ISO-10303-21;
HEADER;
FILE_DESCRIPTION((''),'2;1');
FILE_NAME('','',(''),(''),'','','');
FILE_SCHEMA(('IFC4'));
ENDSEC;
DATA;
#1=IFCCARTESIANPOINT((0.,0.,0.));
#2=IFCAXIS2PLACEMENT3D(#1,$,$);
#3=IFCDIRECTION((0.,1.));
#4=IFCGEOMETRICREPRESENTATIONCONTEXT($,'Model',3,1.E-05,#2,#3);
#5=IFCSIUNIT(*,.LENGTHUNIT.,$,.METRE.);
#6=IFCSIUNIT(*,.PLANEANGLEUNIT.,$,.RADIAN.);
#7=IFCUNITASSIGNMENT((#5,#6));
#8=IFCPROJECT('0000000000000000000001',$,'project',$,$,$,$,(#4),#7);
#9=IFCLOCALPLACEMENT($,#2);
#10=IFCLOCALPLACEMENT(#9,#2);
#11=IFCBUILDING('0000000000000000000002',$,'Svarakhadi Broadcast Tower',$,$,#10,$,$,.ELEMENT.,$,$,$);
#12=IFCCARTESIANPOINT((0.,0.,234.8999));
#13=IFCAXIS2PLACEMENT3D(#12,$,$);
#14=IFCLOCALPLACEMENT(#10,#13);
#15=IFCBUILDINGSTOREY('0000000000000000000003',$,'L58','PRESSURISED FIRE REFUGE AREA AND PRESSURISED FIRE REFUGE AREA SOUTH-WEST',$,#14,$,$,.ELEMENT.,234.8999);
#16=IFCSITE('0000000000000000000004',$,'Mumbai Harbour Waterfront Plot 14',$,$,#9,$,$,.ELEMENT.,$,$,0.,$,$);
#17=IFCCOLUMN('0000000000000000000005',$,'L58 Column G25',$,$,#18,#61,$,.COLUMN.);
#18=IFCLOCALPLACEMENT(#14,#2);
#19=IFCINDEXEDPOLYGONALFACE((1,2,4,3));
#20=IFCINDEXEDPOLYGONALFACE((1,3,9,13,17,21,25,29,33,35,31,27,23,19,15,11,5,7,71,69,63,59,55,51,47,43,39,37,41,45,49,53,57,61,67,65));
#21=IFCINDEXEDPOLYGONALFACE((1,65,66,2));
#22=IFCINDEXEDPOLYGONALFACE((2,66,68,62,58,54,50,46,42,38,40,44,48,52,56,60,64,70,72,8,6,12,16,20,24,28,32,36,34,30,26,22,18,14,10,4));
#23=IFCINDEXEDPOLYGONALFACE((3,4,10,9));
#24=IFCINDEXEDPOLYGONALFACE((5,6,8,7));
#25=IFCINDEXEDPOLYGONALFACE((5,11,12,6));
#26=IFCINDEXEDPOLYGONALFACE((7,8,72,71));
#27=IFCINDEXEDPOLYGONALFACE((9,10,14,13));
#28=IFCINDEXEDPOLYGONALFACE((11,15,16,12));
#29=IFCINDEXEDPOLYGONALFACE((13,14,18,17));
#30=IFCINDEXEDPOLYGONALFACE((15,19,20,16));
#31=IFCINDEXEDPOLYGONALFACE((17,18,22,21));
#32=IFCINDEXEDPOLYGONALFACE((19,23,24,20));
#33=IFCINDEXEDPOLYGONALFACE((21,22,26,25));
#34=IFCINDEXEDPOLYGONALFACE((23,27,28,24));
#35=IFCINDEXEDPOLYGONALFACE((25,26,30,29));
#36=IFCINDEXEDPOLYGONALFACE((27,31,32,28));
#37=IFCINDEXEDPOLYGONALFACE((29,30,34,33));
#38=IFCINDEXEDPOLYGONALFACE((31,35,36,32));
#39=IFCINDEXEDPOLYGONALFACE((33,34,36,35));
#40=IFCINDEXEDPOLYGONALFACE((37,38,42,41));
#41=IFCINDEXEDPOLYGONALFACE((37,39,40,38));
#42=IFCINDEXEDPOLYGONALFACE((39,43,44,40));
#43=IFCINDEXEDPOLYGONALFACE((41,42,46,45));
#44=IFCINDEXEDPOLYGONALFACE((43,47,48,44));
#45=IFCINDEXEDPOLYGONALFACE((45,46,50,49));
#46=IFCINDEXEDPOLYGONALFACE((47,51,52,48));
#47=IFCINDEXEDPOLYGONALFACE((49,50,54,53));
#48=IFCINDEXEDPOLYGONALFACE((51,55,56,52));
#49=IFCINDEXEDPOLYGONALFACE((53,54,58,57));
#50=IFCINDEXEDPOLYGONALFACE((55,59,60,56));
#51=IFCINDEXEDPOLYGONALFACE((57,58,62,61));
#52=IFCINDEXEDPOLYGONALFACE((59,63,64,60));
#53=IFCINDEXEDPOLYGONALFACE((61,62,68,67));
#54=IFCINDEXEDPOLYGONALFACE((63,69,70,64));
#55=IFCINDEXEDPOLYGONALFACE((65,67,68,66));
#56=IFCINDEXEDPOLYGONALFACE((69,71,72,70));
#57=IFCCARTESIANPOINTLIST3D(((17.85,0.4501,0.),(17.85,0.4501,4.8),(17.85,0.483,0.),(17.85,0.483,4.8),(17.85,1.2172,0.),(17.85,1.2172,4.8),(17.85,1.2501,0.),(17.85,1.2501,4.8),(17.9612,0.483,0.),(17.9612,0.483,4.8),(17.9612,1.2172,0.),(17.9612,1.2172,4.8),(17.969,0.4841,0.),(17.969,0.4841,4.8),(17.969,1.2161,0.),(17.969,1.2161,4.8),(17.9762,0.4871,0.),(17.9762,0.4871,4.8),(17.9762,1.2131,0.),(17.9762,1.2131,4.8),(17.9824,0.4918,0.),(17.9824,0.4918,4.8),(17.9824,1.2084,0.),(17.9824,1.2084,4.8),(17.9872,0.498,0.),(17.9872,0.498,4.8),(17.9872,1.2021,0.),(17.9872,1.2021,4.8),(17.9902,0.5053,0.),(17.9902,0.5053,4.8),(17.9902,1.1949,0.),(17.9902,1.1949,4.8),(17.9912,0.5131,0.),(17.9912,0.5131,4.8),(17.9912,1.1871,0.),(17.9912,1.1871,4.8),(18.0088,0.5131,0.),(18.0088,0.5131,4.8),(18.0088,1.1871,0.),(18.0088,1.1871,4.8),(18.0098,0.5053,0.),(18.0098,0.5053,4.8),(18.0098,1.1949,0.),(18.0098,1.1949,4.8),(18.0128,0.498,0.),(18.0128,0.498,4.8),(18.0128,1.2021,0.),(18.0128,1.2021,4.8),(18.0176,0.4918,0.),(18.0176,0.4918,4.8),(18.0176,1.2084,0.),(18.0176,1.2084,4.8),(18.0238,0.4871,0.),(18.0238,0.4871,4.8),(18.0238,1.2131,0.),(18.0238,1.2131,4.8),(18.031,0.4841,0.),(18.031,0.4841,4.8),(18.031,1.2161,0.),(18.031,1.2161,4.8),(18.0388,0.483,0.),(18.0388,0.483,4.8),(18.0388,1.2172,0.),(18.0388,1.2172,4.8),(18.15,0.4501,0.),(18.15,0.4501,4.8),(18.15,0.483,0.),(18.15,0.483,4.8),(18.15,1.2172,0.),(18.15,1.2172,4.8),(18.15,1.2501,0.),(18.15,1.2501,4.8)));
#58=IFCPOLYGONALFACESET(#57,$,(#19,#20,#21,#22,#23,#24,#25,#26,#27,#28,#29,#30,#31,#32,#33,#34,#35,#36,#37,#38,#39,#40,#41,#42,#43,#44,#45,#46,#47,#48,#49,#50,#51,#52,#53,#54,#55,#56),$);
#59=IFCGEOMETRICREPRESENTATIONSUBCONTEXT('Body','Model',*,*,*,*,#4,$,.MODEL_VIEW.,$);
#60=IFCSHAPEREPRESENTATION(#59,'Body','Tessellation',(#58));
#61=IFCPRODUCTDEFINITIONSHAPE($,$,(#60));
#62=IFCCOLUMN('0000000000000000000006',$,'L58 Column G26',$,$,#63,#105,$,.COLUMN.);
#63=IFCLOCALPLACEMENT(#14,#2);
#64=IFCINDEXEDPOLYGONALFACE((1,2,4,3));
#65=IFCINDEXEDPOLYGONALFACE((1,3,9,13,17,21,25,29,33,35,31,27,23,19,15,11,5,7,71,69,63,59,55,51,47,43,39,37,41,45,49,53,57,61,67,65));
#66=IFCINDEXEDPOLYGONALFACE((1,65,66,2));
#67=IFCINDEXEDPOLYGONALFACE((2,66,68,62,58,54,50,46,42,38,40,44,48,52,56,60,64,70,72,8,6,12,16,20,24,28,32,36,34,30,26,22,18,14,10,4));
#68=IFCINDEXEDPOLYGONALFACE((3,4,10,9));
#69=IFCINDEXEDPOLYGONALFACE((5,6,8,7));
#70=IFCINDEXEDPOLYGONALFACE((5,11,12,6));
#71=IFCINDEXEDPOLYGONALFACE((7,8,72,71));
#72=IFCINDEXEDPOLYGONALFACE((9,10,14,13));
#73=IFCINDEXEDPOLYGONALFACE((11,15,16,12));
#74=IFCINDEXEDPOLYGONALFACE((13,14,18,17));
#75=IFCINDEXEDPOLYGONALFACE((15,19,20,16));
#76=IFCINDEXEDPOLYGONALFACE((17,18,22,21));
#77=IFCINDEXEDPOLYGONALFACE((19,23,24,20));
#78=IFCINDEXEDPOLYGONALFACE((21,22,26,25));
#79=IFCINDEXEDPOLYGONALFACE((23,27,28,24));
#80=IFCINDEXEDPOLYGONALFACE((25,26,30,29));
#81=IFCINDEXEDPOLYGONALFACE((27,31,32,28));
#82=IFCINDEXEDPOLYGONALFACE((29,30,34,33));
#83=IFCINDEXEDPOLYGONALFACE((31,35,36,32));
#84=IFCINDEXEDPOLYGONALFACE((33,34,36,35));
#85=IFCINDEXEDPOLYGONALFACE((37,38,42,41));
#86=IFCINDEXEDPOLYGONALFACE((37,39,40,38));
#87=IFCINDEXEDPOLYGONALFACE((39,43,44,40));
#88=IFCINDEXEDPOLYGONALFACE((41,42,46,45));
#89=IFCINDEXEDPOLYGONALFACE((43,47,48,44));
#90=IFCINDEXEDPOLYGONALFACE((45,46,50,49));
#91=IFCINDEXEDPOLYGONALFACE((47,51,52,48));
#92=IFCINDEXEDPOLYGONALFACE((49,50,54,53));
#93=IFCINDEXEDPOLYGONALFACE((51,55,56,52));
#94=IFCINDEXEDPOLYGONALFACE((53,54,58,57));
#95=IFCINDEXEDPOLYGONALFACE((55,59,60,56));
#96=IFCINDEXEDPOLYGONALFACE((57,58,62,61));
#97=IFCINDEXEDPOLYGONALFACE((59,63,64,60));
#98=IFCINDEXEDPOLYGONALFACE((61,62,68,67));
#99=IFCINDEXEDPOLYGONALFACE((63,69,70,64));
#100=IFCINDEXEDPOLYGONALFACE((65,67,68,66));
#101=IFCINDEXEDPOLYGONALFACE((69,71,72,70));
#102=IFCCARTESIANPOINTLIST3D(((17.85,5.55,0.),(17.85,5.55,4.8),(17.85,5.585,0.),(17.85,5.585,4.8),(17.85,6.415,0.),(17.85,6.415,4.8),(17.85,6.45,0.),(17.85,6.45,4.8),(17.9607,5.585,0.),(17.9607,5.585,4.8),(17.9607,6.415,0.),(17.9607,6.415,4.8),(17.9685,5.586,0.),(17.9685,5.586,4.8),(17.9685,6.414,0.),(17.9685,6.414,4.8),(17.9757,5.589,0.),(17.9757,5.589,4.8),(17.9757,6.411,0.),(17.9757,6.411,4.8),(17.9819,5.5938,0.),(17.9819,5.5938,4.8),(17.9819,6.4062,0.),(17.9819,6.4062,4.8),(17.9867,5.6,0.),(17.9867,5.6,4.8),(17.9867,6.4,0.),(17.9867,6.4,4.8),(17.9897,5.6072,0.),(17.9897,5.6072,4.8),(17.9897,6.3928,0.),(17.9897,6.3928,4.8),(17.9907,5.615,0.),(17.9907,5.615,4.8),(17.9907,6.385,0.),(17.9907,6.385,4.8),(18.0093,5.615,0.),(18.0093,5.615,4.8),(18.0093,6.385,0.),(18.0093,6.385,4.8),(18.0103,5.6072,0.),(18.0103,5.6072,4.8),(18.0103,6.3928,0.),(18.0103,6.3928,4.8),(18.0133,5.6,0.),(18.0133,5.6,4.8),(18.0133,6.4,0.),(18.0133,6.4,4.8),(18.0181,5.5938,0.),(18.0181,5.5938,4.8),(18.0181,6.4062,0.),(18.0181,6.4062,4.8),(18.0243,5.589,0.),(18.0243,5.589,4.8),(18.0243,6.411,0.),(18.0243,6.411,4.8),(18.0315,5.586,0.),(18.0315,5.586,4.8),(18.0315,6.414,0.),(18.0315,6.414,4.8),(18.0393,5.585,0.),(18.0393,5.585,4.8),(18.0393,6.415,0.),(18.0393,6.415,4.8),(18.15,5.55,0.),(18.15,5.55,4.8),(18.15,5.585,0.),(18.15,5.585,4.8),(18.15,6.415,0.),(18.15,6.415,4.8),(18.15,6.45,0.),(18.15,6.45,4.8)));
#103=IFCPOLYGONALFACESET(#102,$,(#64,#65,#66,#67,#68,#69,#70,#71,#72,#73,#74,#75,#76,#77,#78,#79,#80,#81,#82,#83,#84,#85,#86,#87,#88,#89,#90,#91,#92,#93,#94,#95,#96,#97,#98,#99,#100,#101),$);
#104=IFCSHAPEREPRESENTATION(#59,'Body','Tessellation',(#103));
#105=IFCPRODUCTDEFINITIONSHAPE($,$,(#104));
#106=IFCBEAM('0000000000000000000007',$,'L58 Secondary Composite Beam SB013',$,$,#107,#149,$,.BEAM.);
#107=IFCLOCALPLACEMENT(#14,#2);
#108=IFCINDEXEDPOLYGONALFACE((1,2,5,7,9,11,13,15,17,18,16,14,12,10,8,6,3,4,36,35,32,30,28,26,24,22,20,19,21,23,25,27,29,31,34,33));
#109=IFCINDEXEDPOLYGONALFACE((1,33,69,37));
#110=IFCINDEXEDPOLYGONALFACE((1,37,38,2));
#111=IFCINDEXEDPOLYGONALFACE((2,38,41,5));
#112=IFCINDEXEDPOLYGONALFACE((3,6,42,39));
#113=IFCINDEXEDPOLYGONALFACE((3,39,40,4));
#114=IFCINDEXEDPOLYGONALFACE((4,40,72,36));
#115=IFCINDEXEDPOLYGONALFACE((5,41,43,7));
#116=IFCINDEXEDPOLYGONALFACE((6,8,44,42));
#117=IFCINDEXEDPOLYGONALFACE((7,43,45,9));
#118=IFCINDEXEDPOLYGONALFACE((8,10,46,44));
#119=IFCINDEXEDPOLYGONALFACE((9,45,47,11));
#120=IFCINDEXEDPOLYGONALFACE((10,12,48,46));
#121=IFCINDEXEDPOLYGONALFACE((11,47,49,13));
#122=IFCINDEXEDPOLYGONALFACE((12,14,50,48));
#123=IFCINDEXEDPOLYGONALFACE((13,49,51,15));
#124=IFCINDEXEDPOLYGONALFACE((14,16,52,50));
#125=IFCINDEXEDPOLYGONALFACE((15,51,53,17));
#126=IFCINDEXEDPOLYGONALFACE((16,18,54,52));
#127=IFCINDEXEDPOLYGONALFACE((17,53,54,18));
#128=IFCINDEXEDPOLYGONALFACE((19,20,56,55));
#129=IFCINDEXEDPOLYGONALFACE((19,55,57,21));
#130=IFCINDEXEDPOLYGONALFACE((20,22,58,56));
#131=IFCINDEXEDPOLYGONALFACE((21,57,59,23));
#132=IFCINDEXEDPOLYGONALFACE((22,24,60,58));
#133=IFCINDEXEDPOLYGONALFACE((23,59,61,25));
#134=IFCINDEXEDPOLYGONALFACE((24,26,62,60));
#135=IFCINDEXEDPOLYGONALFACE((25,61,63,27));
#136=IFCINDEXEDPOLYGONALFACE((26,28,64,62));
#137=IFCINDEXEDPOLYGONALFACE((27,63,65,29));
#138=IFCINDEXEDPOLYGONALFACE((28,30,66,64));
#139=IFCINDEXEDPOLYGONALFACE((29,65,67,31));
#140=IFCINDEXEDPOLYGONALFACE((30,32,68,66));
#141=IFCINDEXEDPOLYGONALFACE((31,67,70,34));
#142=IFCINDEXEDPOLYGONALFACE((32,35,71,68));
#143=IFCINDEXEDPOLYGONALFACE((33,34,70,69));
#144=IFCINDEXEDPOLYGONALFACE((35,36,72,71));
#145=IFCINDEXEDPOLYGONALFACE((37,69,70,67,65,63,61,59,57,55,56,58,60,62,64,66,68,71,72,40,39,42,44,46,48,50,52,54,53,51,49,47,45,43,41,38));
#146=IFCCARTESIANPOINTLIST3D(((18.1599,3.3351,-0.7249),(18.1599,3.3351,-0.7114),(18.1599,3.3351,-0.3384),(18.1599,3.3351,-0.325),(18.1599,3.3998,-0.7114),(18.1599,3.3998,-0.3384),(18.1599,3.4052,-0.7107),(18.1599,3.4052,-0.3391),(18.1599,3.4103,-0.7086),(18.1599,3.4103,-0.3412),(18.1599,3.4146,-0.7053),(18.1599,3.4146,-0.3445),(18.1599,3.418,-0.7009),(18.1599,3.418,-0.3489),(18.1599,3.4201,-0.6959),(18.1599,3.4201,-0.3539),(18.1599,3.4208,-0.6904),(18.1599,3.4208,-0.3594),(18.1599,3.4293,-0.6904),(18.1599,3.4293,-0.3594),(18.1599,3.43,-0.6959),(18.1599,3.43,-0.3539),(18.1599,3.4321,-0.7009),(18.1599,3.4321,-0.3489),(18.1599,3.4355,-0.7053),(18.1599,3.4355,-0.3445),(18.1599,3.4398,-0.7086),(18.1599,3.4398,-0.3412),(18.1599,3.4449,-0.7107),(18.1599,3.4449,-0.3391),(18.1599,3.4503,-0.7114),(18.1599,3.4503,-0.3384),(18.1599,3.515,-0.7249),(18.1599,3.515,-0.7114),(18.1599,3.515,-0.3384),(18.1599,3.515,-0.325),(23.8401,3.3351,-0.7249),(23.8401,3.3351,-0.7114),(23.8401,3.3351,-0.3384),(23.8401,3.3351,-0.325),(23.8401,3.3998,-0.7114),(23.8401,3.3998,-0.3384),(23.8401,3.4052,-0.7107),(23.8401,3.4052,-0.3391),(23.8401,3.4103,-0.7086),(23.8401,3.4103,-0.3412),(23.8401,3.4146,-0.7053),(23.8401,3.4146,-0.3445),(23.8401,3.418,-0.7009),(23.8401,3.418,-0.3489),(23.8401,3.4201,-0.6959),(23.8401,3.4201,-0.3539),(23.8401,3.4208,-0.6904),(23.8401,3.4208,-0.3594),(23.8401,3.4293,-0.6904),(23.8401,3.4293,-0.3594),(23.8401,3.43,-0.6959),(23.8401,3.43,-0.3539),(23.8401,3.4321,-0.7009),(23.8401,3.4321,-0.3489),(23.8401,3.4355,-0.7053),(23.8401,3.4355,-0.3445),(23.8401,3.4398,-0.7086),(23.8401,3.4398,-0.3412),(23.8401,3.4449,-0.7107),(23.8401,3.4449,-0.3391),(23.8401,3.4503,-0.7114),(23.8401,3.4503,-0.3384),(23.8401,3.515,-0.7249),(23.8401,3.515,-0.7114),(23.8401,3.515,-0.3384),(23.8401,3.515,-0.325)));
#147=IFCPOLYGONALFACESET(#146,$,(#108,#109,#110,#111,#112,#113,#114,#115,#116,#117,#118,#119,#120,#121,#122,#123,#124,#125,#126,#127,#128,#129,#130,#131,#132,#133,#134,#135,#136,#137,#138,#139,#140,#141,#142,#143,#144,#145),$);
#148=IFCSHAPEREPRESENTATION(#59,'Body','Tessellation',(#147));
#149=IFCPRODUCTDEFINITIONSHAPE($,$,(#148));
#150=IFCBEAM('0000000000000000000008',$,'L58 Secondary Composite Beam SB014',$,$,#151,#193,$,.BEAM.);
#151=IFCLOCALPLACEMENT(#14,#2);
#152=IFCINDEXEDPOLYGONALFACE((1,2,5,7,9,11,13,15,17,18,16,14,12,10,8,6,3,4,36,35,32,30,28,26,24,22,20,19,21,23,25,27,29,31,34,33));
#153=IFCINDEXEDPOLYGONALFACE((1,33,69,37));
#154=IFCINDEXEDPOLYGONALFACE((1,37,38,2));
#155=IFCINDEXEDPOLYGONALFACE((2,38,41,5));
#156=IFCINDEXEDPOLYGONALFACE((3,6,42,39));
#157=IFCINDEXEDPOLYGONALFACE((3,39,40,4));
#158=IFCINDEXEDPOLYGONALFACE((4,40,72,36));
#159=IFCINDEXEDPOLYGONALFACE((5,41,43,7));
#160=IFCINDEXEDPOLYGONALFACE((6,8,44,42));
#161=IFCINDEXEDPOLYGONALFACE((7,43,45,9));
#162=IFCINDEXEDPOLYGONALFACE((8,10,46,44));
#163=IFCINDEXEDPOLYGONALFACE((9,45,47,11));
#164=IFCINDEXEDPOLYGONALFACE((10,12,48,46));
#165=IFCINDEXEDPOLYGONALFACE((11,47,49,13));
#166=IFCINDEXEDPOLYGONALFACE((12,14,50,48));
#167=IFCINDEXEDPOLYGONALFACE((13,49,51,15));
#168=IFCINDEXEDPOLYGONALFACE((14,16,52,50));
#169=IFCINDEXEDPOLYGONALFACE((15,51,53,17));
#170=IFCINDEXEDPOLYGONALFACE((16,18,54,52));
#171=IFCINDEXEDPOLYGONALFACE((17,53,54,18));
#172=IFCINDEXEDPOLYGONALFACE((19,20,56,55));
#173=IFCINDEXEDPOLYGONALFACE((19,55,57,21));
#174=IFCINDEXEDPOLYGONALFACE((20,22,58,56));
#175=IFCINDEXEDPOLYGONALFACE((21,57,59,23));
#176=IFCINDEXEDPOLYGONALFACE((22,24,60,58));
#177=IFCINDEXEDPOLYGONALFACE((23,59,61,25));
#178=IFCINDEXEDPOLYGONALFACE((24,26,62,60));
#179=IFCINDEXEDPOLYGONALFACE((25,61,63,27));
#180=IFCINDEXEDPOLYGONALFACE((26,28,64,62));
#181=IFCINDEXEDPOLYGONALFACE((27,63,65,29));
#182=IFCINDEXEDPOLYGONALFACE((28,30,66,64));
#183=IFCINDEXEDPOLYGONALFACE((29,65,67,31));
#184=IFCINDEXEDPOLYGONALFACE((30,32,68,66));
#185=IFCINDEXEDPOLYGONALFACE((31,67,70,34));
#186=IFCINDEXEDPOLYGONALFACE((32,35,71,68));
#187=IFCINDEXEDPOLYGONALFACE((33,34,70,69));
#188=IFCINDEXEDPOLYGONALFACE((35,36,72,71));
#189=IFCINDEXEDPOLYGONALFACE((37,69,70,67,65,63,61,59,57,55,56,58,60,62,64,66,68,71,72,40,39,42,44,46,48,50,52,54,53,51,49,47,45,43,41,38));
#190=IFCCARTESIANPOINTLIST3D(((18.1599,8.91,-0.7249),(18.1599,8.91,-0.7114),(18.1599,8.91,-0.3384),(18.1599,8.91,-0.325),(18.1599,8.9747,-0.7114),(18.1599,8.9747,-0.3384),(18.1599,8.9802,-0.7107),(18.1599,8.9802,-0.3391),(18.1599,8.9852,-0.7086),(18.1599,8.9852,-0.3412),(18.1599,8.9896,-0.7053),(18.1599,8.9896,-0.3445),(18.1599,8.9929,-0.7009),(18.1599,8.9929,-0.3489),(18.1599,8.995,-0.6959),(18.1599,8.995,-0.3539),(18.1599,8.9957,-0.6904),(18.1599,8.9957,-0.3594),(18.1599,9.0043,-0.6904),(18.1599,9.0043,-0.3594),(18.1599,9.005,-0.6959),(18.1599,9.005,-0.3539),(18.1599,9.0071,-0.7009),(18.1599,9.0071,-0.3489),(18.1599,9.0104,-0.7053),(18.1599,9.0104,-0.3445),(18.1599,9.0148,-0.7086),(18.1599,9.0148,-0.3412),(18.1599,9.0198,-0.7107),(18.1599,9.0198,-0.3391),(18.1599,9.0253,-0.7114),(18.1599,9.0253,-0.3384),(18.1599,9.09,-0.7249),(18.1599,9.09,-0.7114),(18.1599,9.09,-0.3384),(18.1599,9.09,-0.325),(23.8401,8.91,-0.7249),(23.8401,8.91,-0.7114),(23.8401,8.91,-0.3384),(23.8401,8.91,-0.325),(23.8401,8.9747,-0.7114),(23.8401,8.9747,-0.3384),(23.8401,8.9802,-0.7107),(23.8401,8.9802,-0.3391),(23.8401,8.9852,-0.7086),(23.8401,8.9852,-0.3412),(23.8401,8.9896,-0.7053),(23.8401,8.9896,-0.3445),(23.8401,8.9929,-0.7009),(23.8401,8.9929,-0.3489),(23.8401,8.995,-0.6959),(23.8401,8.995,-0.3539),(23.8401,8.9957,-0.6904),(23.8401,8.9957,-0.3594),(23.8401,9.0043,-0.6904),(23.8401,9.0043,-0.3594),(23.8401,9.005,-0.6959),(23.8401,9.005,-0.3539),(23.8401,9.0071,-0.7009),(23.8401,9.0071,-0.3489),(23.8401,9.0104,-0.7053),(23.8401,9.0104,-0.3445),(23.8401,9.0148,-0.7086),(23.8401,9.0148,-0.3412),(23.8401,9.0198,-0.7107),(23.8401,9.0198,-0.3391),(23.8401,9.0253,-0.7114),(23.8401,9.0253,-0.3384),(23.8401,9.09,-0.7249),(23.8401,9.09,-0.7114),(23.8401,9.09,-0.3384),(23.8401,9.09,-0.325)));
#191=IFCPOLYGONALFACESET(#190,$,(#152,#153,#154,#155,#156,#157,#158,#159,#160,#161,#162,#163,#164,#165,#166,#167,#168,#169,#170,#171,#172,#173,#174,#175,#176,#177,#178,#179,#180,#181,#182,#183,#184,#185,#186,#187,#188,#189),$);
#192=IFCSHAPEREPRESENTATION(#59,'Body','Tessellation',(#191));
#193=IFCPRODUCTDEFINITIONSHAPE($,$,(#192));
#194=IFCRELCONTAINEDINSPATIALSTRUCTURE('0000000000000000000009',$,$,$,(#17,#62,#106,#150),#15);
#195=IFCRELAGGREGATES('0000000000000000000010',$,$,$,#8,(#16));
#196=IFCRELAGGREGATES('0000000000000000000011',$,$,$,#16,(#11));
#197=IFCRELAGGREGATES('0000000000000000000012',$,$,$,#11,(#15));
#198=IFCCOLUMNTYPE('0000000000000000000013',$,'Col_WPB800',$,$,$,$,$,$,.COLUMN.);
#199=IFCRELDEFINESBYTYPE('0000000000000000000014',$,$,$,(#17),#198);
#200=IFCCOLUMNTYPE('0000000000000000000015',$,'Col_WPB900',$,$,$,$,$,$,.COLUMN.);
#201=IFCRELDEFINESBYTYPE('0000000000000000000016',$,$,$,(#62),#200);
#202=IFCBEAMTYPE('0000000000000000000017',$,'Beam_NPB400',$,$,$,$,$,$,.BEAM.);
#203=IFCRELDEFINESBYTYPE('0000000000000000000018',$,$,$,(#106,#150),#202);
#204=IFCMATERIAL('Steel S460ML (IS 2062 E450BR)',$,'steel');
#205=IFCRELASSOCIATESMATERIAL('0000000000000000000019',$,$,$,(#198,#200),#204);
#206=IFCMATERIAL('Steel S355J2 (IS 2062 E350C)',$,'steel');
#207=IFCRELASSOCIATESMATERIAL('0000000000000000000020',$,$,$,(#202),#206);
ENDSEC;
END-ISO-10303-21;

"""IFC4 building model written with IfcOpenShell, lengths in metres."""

from ifc_helpers import new_model, si_unit, direction, frame, origin, origin_2d, place, context, subcontext, project, spatial, i_section, extrude, material, material_profile, profile_set, type_object, element, save


model = new_model("IFC4")

# Units and contexts
model_context = context("Model", 3, precision=1e-05, world=origin(), true_north=direction((0.0, 1.0)))
body_context = subcontext(model_context, "Body", "Model", "MODEL_VIEW")
ifc_project = project(units=[si_unit("LENGTHUNIT", "METRE"), si_unit("PLANEANGLEUNIT", "RADIAN")], contexts=[model_context])

# Site, building, storey
site_placement = place(None, origin())
site = spatial("IfcSite", under=ifc_project, at=site_placement, Name="Mumbai Harbour Waterfront Plot 14", CompositionType="ELEMENT", RefElevation=0.0)
building_placement = place(site_placement, origin())
building = spatial("IfcBuilding", under=site, at=building_placement, Name="Svarakhadi Broadcast Tower", CompositionType="ELEMENT")
storey_placement = place(building_placement, frame((0.0, 0.0, 234.8999)))
storey = spatial("IfcBuildingStorey", under=building, at=storey_placement, Name="L58", Description="PRESSURISED FIRE REFUGE AREA AND PRESSURISED FIRE REFUGE AREA SOUTH-WEST", CompositionType="ELEMENT", Elevation=234.8999)

# Columns
ifc_material_1 = material(Name="Steel S460ML (IS 2062 E450BR)", Category="steel")
ifc_material_profile_1 = material_profile(ifc_material_1, i_section(OverallWidth=0.3, OverallDepth=0.8, WebThickness=0.0176, FlangeThickness=0.033, FilletRadius=0.03, at=origin_2d()), Name="WPB 800x300x262")
ifc_profile_set_1 = profile_set([ifc_material_profile_1], Name="Steel S460ML (IS 2062 E450BR)")
column_type_1 = type_object("IfcColumnType", Name="Col_WPB800", PredefinedType="COLUMN", material=ifc_profile_set_1)
column_1_placement = place(storey_placement, frame((18.0, 0.8501, 0.0), z_axis=(0.0, 0.0, 1.0), x_axis=(1.0, 0.0, 0.0)))
element("IfcColumn", 1, at=column_1_placement, inside=storey, type_object=column_type_1, Name="L58 Column G25", PredefinedType="COLUMN", context=body_context, shape_type="SweptSolid", body=[
    extrude(i_section(OverallWidth=0.3, OverallDepth=0.8, WebThickness=0.0176, FlangeThickness=0.033, FilletRadius=0.03, at=origin_2d()), origin(), (0.0, 0.0, 1.0), 4.8),
])
ifc_material_profile_2 = material_profile(ifc_material_1, i_section(OverallWidth=0.3, OverallDepth=0.8999, WebThickness=0.0186, FlangeThickness=0.0349, FilletRadius=0.03, at=origin_2d()), Name="WPB 900x300x291")
ifc_profile_set_2 = profile_set([ifc_material_profile_2], Name="Steel S460ML (IS 2062 E450BR)")
column_type_2 = type_object("IfcColumnType", Name="Col_WPB900", PredefinedType="COLUMN", material=ifc_profile_set_2)
column_2_placement = place(storey_placement, frame((18.0, 6.0, 0.0), z_axis=(0.0, 0.0, 1.0), x_axis=(1.0, 0.0, 0.0)))
element("IfcColumn", 2, at=column_2_placement, inside=storey, type_object=column_type_2, Name="L58 Column G26", PredefinedType="COLUMN", context=body_context, shape_type="SweptSolid", body=[
    extrude(i_section(OverallWidth=0.3, OverallDepth=0.8999, WebThickness=0.0186, FlangeThickness=0.0349, FilletRadius=0.03, at=origin_2d()), origin(), (0.0, 0.0, 1.0), 4.8),
])

# Beams
ifc_material_2 = material(Name="Steel S355J2 (IS 2062 E350C)", Category="steel")
ifc_material_profile_3 = material_profile(ifc_material_2, i_section(OverallWidth=0.1799, OverallDepth=0.3999, WebThickness=0.0085, FlangeThickness=0.0134, FilletRadius=0.021, at=origin_2d()), Name="NPB 400x180x66")
ifc_profile_set_3 = profile_set([ifc_material_profile_3], Name="Steel S355J2 (IS 2062 E350C)")
beam_type_1 = type_object("IfcBeamType", Name="Beam_NPB400", PredefinedType="BEAM", material=ifc_profile_set_3)
for number, where, z_axis, x_axis, name in (
    (3, (18.1599, 3.425, -0.5249), (1.0, 0.0, 0.0), (0.0, 1.0, 0.0), "L58 Secondary Composite Beam SB013"),
    (4, (18.1599, 9.0, -0.5249), (1.0, 0.0, 0.0), (0.0, 1.0, 0.0), "L58 Secondary Composite Beam SB014"),
):
    element("IfcBeam", number, at=place(storey_placement, frame(where, z_axis=z_axis, x_axis=x_axis)), inside=storey, type_object=beam_type_1, Name=name, PredefinedType="BEAM", context=body_context, shape_type="SweptSolid", body=[
        extrude(i_section(OverallWidth=0.1799, OverallDepth=0.3999, WebThickness=0.0085, FlangeThickness=0.0134, FilletRadius=0.021, at=origin_2d()), origin(), (0.0, 0.0, 1.0), 5.6802),
    ])

save(model, "model.ifc")
